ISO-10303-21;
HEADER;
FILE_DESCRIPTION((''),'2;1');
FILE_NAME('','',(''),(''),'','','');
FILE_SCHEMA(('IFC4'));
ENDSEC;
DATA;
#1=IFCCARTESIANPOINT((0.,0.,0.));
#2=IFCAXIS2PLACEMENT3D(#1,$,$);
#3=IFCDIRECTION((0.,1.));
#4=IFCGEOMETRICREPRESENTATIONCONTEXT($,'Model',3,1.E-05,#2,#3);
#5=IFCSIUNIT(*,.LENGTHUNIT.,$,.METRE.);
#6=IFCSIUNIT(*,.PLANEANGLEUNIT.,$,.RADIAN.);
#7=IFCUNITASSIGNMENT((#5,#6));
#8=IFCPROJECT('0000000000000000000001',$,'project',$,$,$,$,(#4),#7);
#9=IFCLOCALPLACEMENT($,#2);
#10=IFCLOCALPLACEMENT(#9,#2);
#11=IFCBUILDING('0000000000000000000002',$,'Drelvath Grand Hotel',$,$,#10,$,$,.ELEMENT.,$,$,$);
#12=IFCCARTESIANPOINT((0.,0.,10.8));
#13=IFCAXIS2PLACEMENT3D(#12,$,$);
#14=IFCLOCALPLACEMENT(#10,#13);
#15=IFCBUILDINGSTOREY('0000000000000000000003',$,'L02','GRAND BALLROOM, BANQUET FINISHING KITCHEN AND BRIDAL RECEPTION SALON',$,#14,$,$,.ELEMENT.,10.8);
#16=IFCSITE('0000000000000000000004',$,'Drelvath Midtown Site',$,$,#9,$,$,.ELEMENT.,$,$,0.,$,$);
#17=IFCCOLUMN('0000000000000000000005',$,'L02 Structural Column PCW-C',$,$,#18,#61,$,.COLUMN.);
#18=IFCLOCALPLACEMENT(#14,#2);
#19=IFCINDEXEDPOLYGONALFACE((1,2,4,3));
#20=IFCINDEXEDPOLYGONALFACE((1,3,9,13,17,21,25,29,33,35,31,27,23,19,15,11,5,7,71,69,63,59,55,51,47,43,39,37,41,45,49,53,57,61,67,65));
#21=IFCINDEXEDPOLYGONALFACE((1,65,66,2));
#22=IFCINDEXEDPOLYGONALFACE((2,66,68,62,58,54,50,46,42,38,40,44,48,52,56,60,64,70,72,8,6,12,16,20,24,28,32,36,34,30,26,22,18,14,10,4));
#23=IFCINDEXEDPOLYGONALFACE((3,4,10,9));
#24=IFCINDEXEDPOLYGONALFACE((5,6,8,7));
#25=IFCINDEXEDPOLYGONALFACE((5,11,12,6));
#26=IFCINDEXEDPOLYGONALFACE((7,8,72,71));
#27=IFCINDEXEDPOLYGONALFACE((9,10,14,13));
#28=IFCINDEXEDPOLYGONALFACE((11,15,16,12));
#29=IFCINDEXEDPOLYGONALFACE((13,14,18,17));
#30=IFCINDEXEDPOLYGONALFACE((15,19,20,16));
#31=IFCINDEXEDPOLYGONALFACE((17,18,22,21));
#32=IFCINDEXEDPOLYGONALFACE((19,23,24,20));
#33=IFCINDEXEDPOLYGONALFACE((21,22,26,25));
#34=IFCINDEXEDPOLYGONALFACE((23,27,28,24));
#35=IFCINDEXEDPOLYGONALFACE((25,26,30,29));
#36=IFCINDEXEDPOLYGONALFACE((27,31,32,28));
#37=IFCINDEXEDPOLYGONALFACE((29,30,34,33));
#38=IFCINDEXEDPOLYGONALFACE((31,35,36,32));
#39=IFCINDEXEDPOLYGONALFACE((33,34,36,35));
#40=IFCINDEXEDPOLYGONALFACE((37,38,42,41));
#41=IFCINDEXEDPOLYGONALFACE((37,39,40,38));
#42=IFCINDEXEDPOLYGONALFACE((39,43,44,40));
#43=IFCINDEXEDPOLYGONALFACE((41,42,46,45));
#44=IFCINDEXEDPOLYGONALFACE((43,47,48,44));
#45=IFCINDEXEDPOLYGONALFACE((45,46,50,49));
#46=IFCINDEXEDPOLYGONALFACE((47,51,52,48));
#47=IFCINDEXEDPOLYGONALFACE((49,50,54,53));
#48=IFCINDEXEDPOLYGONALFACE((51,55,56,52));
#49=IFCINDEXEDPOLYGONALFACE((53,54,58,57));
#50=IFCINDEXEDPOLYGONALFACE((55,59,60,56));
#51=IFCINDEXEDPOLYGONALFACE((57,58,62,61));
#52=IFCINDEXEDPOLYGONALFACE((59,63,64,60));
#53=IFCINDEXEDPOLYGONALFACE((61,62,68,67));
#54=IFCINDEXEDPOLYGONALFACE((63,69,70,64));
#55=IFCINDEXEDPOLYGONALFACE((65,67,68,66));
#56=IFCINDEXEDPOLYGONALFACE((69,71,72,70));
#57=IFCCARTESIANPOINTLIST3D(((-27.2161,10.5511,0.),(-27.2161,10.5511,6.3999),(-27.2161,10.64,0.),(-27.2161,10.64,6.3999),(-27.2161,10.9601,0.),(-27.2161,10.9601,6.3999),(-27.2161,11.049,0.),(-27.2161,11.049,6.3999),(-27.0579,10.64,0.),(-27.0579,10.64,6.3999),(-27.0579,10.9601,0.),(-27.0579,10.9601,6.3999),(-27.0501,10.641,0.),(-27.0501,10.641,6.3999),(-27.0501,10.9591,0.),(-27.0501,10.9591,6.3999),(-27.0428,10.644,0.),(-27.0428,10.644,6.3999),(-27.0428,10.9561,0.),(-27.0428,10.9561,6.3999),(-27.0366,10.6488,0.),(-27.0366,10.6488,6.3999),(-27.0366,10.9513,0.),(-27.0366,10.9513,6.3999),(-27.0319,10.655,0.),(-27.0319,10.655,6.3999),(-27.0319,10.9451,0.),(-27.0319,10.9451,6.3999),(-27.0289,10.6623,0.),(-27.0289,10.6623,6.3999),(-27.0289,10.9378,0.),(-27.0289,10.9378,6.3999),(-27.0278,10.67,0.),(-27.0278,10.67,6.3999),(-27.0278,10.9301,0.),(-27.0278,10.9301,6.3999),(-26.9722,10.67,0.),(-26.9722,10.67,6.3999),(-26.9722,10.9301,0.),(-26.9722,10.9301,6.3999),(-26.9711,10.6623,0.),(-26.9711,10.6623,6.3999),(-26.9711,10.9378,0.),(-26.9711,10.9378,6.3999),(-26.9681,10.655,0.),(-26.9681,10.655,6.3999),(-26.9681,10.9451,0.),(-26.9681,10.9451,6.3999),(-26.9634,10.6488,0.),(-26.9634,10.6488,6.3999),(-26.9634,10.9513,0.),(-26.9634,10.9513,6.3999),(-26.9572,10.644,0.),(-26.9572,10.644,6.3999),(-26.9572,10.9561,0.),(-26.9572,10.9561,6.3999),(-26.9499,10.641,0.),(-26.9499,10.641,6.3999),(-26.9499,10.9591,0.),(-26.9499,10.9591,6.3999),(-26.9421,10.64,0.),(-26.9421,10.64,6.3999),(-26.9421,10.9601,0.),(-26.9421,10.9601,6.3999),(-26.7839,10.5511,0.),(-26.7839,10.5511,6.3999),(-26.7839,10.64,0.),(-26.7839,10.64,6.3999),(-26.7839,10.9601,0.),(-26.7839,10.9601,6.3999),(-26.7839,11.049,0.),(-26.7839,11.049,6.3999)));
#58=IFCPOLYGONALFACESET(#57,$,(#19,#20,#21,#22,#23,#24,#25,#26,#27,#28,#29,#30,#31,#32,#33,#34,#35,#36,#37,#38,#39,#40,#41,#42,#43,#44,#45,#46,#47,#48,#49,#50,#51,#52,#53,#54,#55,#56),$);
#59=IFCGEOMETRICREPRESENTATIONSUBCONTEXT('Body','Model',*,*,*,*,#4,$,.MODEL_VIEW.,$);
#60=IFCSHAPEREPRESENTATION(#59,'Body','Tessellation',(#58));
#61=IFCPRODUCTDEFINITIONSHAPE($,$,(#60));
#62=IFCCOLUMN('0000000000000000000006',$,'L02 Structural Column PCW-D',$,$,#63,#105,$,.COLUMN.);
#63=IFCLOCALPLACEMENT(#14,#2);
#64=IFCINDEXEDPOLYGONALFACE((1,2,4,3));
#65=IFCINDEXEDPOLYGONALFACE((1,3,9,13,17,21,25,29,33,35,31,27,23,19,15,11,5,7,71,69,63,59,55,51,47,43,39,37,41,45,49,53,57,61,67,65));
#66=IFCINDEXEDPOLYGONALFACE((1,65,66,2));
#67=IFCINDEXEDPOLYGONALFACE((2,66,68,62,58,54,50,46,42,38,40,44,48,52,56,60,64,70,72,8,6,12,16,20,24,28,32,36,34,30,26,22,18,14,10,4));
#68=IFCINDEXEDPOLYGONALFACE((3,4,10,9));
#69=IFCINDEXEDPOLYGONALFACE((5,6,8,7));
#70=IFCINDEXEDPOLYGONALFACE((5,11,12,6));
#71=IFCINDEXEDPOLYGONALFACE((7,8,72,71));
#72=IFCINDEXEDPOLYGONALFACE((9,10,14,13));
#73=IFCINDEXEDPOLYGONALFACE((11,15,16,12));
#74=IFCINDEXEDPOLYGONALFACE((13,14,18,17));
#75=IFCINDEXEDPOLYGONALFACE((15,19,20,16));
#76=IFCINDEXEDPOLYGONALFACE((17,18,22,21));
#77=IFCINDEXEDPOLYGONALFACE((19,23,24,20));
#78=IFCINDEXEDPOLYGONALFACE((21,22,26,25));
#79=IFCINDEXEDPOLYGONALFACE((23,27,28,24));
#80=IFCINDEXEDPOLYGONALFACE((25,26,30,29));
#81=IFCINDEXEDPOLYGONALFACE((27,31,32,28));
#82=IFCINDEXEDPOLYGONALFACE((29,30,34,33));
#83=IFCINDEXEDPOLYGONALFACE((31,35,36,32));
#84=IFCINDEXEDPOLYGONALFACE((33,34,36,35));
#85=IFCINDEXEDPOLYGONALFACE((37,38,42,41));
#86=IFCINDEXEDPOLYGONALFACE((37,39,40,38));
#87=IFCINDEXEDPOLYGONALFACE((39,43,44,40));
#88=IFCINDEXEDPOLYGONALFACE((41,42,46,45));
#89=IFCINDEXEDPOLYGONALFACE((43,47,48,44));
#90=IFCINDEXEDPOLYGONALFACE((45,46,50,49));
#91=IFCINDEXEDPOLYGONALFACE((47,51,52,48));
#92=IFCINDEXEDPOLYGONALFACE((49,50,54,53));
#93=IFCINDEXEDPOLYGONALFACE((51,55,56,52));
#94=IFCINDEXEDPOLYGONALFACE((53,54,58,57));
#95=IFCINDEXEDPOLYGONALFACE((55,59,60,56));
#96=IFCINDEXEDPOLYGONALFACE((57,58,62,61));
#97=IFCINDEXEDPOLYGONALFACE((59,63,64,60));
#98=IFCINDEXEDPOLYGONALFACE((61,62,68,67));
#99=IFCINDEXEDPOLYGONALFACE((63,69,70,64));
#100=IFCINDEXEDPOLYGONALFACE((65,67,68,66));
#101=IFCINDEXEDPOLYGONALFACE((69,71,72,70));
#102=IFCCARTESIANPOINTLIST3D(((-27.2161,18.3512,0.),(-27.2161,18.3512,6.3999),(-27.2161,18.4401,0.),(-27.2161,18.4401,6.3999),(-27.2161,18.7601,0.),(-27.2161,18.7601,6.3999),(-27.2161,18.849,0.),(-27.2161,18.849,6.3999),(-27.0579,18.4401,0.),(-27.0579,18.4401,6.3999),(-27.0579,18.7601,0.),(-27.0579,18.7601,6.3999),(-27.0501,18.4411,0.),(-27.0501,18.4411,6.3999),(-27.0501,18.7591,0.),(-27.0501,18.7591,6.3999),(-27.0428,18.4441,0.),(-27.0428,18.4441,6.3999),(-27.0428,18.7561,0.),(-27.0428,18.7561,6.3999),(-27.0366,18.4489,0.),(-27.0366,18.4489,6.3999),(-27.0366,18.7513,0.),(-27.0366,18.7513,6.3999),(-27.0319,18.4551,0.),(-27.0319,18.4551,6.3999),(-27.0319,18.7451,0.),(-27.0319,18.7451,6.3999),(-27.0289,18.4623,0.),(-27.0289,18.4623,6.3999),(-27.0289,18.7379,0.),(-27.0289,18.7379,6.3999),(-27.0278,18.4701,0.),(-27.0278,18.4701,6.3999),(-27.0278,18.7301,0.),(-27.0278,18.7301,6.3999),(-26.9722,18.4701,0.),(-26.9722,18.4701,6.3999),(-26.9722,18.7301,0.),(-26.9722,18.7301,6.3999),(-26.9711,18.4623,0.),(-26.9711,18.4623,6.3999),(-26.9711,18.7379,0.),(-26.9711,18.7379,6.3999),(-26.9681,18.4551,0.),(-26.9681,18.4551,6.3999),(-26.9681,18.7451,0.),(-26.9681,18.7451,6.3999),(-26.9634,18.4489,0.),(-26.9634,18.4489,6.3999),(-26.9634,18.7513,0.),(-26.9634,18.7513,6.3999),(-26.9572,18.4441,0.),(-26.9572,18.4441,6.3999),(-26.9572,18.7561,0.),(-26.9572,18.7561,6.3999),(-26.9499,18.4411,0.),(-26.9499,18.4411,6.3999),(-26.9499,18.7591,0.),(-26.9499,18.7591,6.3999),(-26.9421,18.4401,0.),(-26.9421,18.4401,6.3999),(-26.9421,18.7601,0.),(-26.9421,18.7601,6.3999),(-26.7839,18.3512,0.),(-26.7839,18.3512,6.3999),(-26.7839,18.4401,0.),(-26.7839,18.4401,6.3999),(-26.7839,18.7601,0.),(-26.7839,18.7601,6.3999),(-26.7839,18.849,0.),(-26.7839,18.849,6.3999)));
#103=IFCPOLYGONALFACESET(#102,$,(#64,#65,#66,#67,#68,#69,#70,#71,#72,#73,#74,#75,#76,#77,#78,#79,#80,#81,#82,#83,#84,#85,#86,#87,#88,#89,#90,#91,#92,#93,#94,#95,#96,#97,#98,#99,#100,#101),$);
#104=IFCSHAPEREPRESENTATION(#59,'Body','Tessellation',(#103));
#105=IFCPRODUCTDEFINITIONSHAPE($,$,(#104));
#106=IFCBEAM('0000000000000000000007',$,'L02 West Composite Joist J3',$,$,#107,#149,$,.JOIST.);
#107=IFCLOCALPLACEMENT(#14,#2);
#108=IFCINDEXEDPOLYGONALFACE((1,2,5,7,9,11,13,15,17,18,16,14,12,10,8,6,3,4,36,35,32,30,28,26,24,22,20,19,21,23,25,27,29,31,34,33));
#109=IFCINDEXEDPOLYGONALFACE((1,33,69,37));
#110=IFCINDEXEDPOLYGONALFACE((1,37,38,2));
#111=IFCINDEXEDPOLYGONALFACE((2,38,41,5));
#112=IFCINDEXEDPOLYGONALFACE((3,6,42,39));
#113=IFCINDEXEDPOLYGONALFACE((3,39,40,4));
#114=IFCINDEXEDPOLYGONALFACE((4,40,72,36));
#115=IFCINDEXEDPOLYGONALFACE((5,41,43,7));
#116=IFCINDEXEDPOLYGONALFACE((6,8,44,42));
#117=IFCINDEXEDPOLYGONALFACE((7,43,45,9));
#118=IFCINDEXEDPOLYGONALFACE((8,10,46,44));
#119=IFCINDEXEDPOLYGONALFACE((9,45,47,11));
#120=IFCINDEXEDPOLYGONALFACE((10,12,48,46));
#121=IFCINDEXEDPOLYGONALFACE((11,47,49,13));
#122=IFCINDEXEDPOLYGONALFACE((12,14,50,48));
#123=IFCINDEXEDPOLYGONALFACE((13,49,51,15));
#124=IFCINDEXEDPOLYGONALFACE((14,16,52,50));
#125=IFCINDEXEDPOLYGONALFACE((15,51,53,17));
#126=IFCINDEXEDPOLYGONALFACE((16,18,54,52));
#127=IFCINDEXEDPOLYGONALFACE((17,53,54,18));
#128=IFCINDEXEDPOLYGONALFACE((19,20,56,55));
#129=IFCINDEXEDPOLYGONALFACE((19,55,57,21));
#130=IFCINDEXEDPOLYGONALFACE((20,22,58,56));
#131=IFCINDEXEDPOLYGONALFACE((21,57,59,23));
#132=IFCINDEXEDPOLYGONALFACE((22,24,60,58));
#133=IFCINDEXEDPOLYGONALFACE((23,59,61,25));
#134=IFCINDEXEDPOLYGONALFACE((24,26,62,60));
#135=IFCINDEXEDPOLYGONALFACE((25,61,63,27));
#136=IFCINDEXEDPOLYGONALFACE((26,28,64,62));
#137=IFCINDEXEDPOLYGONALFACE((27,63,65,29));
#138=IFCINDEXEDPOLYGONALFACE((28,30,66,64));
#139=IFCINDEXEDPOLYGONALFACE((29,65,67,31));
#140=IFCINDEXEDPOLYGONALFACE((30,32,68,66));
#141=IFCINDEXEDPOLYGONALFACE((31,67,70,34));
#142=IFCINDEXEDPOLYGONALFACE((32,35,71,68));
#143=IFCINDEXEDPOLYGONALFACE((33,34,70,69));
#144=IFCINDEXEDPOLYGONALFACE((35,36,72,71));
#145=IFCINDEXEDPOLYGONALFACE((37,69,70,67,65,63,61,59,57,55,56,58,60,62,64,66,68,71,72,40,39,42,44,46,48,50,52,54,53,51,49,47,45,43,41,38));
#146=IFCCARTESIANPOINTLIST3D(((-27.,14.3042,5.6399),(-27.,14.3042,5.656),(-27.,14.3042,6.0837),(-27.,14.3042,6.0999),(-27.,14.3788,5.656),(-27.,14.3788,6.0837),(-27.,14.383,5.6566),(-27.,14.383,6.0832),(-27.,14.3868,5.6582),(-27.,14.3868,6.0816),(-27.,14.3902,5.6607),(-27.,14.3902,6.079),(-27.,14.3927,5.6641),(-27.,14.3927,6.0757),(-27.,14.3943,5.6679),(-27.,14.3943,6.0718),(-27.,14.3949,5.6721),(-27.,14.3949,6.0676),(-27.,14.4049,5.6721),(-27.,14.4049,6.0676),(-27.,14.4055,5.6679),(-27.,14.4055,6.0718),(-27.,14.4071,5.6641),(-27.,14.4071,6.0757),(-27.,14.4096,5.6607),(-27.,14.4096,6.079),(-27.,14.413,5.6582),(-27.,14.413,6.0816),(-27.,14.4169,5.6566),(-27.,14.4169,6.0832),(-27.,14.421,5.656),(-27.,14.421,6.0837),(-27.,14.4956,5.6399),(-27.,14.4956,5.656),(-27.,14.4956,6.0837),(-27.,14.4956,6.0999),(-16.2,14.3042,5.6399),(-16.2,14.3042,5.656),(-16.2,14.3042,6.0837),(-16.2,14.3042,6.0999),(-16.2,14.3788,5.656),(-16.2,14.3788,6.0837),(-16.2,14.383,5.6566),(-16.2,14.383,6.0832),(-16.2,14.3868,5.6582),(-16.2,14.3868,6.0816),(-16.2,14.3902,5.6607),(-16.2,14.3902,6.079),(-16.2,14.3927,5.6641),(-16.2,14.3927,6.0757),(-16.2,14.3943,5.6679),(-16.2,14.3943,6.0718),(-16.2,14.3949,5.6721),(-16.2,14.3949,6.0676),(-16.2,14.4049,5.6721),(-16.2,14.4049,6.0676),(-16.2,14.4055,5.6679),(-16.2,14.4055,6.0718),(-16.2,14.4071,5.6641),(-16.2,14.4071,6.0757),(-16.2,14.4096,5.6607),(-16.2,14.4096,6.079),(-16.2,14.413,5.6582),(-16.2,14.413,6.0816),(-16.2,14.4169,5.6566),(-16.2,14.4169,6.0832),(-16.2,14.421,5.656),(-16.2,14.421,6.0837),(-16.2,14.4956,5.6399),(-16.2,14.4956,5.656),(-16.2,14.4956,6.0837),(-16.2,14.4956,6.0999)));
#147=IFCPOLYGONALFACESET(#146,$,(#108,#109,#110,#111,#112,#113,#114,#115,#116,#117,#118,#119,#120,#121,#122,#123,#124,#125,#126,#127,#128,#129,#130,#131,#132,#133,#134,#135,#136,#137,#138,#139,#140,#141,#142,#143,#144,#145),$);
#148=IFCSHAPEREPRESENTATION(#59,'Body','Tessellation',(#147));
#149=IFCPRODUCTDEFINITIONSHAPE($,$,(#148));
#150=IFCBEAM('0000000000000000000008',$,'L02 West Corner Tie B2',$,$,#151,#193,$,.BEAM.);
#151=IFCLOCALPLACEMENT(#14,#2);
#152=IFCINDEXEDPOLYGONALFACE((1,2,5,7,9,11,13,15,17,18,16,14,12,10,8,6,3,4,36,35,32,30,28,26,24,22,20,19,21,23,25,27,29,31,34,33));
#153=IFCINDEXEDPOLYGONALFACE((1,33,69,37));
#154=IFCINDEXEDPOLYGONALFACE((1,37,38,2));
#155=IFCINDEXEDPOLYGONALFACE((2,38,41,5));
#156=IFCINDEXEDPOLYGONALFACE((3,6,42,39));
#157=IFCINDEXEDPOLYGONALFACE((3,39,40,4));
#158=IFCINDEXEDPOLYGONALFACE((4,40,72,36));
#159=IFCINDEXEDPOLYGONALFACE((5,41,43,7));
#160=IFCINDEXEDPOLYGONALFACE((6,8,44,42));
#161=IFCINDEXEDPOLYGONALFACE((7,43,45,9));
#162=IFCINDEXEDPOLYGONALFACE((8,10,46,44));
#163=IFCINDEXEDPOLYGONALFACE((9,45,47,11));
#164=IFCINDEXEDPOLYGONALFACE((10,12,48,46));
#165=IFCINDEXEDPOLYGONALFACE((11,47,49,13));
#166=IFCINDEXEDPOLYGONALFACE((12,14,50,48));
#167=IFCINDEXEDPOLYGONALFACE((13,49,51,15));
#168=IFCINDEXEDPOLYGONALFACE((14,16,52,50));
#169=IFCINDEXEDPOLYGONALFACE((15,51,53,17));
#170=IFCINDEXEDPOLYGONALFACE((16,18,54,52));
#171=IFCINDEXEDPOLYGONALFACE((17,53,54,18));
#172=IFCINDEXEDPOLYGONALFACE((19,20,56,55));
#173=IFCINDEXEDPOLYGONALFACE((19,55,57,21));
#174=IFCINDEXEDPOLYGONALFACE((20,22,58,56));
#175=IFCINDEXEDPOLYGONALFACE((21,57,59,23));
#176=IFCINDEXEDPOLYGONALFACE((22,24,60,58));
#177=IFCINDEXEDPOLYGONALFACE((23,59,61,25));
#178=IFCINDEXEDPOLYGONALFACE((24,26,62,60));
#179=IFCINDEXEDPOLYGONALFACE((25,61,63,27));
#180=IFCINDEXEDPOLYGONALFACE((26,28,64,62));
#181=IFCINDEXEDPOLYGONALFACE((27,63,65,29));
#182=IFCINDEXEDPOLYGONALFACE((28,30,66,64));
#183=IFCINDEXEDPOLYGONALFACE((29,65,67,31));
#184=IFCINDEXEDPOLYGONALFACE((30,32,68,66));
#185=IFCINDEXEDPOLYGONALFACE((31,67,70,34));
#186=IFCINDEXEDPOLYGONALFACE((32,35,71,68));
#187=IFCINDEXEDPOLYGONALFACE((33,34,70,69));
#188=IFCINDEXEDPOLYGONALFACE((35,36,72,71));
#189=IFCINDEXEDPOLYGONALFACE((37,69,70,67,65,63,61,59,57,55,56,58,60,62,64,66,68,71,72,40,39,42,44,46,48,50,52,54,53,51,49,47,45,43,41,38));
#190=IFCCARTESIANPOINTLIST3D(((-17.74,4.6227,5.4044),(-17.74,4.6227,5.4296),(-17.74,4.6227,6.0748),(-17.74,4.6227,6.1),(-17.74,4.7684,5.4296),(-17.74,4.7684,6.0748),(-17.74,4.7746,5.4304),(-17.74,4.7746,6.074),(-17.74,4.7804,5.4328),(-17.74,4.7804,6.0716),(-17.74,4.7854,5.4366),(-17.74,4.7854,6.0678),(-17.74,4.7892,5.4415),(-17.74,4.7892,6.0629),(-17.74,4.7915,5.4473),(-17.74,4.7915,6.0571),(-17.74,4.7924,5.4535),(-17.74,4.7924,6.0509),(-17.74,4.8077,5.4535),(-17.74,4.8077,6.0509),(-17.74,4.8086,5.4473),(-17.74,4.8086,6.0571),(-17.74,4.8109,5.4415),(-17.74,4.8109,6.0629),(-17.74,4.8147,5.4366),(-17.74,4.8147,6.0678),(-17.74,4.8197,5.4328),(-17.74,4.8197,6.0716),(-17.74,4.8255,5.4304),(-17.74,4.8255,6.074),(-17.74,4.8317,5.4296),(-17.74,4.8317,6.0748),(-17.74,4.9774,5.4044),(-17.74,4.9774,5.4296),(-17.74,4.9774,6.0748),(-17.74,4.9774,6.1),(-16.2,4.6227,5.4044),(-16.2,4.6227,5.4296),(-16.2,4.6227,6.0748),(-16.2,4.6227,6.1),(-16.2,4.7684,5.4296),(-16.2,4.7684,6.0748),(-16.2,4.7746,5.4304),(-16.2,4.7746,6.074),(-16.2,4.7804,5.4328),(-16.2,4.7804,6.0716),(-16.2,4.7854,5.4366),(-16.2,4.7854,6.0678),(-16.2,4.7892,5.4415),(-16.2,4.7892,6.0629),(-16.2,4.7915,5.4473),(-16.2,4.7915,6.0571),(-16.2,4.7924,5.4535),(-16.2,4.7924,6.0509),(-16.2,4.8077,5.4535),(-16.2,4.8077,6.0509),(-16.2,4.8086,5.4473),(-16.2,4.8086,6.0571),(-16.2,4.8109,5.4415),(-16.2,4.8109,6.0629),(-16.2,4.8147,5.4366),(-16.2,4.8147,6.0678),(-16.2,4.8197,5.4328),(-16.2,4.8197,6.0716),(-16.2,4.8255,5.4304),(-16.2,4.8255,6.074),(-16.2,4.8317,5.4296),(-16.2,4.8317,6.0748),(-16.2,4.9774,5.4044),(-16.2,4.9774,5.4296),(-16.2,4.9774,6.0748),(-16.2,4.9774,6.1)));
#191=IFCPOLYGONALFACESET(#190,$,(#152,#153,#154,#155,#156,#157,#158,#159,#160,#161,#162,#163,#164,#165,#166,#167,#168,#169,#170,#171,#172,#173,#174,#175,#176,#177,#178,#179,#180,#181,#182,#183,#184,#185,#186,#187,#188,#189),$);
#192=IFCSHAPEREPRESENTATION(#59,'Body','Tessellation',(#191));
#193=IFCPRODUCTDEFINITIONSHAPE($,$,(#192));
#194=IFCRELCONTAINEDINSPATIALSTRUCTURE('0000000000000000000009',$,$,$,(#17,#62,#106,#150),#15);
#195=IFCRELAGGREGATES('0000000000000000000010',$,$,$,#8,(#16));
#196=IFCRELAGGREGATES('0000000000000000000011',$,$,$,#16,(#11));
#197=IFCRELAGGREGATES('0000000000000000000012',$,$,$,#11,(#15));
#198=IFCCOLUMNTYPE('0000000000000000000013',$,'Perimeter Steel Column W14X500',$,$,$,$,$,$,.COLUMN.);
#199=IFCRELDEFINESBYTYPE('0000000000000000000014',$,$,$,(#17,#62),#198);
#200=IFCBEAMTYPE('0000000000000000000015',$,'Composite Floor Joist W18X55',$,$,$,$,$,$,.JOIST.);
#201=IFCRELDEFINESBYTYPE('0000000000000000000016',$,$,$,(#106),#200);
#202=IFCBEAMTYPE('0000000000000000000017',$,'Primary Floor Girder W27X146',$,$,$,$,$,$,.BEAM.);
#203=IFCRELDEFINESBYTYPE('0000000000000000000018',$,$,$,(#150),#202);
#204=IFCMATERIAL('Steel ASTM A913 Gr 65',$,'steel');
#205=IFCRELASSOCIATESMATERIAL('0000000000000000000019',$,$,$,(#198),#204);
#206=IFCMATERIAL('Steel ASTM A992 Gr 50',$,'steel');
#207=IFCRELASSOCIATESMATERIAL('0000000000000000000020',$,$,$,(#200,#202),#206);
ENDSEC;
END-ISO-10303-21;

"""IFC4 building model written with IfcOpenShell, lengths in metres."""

from ifc_helpers import new_model, si_unit, direction, frame, origin, origin_2d, place, context, subcontext, project, spatial, i_section, extrude, material, material_profile, profile_set, type_object, element, save


model = new_model("IFC4")

# Units and contexts
model_context = context("Model", 3, precision=1e-05, world=origin(), true_north=direction((0.0, 1.0)))
body_context = subcontext(model_context, "Body", "Model", "MODEL_VIEW")
ifc_project = project(units=[si_unit("LENGTHUNIT", "METRE"), si_unit("PLANEANGLEUNIT", "RADIAN")], contexts=[model_context])

# Site, building, storey
site_placement = place(None, origin())
site = spatial("IfcSite", under=ifc_project, at=site_placement, Name="Drelvath Midtown Site", CompositionType="ELEMENT", RefElevation=0.0)
building_placement = place(site_placement, origin())
building = spatial("IfcBuilding", under=site, at=building_placement, Name="Drelvath Grand Hotel", CompositionType="ELEMENT")
storey_placement = place(building_placement, frame((0.0, 0.0, 10.8)))
storey = spatial("IfcBuildingStorey", under=building, at=storey_placement, Name="L02", Description="GRAND BALLROOM, BANQUET FINISHING KITCHEN AND BRIDAL RECEPTION SALON", CompositionType="ELEMENT", Elevation=10.8)

# Columns
ifc_material_1 = material(Name="Steel ASTM A913 Gr 65", Category="steel")
ifc_material_profile_1 = material_profile(ifc_material_1, i_section(OverallWidth=0.4321, OverallDepth=0.4978, WebThickness=0.0557, FlangeThickness=0.0889, FilletRadius=0.03, at=origin_2d()), Name="W14X500")
ifc_profile_set_1 = profile_set([ifc_material_profile_1], Name="Steel ASTM A913 Gr 65")
column_type = type_object("IfcColumnType", Name="Perimeter Steel Column W14X500", PredefinedType="COLUMN", material=ifc_profile_set_1)
for number, where, z_axis, x_axis, name in (
    (1, (-27.0, 10.8, 0.0), (0.0, 0.0, 1.0), (1.0, 0.0, 0.0), "L02 Structural Column PCW-C"),
    (2, (-27.0, 18.6001, 0.0), (0.0, 0.0, 1.0), (1.0, 0.0, 0.0), "L02 Structural Column PCW-D"),
):
    element("IfcColumn", number, at=place(storey_placement, frame(where, z_axis=z_axis, x_axis=x_axis)), inside=storey, type_object=column_type, Name=name, PredefinedType="COLUMN", context=body_context, shape_type="SweptSolid", body=[
        extrude(i_section(OverallWidth=0.4321, OverallDepth=0.4978, WebThickness=0.0557, FlangeThickness=0.0889, FilletRadius=0.03, at=origin_2d()), origin(), (0.0, 0.0, 1.0), 6.3999),
    ])

# Beams
ifc_material_2 = material(Name="Steel ASTM A992 Gr 50", Category="steel")
ifc_material_profile_2 = material_profile(ifc_material_2, i_section(OverallWidth=0.1914, OverallDepth=0.46, WebThickness=0.01, FlangeThickness=0.0161, FilletRadius=0.0161, at=origin_2d()), Name="W18X55")
ifc_profile_set_2 = profile_set([ifc_material_profile_2], Name="Steel ASTM A992 Gr 50")
beam_type_1 = type_object("IfcBeamType", Name="Composite Floor Joist W18X55", PredefinedType="JOIST", material=ifc_profile_set_2)
beam_1_placement = place(storey_placement, frame((-27.0, 14.3999, 5.8699), z_axis=(1.0, 0.0, 0.0), x_axis=(0.0, 1.0, 0.0)))
element("IfcBeam", 3, at=beam_1_placement, inside=storey, type_object=beam_type_1, Name="L02 West Composite Joist J3", PredefinedType="JOIST", context=body_context, shape_type="SweptSolid", body=[
    extrude(i_section(OverallWidth=0.1914, OverallDepth=0.46, WebThickness=0.01, FlangeThickness=0.0161, FilletRadius=0.0161, at=origin_2d()), origin(), (0.0, 0.0, 1.0), 10.8),
])
ifc_material_profile_3 = material_profile(ifc_material_2, i_section(OverallWidth=0.3547, OverallDepth=0.6956, WebThickness=0.0154, FlangeThickness=0.0251, FilletRadius=0.0239, at=origin_2d()), Name="W27X146")
ifc_profile_set_3 = profile_set([ifc_material_profile_3], Name="Steel ASTM A992 Gr 50")
beam_type_2 = type_object("IfcBeamType", Name="Primary Floor Girder W27X146", PredefinedType="BEAM", material=ifc_profile_set_3)
beam_2_placement = place(storey_placement, frame((-17.74, 4.8, 5.7522), z_axis=(1.0, 0.0, 0.0), x_axis=(0.0, 1.0, 0.0)))
element("IfcBeam", 4, at=beam_2_placement, inside=storey, type_object=beam_type_2, Name="L02 West Corner Tie B2", PredefinedType="BEAM", context=body_context, shape_type="SweptSolid", body=[
    extrude(i_section(OverallWidth=0.3547, OverallDepth=0.6956, WebThickness=0.0154, FlangeThickness=0.0251, FilletRadius=0.0239, at=origin_2d()), origin(), (0.0, 0.0, 1.0), 1.54),
])

save(model, "model.ifc")
